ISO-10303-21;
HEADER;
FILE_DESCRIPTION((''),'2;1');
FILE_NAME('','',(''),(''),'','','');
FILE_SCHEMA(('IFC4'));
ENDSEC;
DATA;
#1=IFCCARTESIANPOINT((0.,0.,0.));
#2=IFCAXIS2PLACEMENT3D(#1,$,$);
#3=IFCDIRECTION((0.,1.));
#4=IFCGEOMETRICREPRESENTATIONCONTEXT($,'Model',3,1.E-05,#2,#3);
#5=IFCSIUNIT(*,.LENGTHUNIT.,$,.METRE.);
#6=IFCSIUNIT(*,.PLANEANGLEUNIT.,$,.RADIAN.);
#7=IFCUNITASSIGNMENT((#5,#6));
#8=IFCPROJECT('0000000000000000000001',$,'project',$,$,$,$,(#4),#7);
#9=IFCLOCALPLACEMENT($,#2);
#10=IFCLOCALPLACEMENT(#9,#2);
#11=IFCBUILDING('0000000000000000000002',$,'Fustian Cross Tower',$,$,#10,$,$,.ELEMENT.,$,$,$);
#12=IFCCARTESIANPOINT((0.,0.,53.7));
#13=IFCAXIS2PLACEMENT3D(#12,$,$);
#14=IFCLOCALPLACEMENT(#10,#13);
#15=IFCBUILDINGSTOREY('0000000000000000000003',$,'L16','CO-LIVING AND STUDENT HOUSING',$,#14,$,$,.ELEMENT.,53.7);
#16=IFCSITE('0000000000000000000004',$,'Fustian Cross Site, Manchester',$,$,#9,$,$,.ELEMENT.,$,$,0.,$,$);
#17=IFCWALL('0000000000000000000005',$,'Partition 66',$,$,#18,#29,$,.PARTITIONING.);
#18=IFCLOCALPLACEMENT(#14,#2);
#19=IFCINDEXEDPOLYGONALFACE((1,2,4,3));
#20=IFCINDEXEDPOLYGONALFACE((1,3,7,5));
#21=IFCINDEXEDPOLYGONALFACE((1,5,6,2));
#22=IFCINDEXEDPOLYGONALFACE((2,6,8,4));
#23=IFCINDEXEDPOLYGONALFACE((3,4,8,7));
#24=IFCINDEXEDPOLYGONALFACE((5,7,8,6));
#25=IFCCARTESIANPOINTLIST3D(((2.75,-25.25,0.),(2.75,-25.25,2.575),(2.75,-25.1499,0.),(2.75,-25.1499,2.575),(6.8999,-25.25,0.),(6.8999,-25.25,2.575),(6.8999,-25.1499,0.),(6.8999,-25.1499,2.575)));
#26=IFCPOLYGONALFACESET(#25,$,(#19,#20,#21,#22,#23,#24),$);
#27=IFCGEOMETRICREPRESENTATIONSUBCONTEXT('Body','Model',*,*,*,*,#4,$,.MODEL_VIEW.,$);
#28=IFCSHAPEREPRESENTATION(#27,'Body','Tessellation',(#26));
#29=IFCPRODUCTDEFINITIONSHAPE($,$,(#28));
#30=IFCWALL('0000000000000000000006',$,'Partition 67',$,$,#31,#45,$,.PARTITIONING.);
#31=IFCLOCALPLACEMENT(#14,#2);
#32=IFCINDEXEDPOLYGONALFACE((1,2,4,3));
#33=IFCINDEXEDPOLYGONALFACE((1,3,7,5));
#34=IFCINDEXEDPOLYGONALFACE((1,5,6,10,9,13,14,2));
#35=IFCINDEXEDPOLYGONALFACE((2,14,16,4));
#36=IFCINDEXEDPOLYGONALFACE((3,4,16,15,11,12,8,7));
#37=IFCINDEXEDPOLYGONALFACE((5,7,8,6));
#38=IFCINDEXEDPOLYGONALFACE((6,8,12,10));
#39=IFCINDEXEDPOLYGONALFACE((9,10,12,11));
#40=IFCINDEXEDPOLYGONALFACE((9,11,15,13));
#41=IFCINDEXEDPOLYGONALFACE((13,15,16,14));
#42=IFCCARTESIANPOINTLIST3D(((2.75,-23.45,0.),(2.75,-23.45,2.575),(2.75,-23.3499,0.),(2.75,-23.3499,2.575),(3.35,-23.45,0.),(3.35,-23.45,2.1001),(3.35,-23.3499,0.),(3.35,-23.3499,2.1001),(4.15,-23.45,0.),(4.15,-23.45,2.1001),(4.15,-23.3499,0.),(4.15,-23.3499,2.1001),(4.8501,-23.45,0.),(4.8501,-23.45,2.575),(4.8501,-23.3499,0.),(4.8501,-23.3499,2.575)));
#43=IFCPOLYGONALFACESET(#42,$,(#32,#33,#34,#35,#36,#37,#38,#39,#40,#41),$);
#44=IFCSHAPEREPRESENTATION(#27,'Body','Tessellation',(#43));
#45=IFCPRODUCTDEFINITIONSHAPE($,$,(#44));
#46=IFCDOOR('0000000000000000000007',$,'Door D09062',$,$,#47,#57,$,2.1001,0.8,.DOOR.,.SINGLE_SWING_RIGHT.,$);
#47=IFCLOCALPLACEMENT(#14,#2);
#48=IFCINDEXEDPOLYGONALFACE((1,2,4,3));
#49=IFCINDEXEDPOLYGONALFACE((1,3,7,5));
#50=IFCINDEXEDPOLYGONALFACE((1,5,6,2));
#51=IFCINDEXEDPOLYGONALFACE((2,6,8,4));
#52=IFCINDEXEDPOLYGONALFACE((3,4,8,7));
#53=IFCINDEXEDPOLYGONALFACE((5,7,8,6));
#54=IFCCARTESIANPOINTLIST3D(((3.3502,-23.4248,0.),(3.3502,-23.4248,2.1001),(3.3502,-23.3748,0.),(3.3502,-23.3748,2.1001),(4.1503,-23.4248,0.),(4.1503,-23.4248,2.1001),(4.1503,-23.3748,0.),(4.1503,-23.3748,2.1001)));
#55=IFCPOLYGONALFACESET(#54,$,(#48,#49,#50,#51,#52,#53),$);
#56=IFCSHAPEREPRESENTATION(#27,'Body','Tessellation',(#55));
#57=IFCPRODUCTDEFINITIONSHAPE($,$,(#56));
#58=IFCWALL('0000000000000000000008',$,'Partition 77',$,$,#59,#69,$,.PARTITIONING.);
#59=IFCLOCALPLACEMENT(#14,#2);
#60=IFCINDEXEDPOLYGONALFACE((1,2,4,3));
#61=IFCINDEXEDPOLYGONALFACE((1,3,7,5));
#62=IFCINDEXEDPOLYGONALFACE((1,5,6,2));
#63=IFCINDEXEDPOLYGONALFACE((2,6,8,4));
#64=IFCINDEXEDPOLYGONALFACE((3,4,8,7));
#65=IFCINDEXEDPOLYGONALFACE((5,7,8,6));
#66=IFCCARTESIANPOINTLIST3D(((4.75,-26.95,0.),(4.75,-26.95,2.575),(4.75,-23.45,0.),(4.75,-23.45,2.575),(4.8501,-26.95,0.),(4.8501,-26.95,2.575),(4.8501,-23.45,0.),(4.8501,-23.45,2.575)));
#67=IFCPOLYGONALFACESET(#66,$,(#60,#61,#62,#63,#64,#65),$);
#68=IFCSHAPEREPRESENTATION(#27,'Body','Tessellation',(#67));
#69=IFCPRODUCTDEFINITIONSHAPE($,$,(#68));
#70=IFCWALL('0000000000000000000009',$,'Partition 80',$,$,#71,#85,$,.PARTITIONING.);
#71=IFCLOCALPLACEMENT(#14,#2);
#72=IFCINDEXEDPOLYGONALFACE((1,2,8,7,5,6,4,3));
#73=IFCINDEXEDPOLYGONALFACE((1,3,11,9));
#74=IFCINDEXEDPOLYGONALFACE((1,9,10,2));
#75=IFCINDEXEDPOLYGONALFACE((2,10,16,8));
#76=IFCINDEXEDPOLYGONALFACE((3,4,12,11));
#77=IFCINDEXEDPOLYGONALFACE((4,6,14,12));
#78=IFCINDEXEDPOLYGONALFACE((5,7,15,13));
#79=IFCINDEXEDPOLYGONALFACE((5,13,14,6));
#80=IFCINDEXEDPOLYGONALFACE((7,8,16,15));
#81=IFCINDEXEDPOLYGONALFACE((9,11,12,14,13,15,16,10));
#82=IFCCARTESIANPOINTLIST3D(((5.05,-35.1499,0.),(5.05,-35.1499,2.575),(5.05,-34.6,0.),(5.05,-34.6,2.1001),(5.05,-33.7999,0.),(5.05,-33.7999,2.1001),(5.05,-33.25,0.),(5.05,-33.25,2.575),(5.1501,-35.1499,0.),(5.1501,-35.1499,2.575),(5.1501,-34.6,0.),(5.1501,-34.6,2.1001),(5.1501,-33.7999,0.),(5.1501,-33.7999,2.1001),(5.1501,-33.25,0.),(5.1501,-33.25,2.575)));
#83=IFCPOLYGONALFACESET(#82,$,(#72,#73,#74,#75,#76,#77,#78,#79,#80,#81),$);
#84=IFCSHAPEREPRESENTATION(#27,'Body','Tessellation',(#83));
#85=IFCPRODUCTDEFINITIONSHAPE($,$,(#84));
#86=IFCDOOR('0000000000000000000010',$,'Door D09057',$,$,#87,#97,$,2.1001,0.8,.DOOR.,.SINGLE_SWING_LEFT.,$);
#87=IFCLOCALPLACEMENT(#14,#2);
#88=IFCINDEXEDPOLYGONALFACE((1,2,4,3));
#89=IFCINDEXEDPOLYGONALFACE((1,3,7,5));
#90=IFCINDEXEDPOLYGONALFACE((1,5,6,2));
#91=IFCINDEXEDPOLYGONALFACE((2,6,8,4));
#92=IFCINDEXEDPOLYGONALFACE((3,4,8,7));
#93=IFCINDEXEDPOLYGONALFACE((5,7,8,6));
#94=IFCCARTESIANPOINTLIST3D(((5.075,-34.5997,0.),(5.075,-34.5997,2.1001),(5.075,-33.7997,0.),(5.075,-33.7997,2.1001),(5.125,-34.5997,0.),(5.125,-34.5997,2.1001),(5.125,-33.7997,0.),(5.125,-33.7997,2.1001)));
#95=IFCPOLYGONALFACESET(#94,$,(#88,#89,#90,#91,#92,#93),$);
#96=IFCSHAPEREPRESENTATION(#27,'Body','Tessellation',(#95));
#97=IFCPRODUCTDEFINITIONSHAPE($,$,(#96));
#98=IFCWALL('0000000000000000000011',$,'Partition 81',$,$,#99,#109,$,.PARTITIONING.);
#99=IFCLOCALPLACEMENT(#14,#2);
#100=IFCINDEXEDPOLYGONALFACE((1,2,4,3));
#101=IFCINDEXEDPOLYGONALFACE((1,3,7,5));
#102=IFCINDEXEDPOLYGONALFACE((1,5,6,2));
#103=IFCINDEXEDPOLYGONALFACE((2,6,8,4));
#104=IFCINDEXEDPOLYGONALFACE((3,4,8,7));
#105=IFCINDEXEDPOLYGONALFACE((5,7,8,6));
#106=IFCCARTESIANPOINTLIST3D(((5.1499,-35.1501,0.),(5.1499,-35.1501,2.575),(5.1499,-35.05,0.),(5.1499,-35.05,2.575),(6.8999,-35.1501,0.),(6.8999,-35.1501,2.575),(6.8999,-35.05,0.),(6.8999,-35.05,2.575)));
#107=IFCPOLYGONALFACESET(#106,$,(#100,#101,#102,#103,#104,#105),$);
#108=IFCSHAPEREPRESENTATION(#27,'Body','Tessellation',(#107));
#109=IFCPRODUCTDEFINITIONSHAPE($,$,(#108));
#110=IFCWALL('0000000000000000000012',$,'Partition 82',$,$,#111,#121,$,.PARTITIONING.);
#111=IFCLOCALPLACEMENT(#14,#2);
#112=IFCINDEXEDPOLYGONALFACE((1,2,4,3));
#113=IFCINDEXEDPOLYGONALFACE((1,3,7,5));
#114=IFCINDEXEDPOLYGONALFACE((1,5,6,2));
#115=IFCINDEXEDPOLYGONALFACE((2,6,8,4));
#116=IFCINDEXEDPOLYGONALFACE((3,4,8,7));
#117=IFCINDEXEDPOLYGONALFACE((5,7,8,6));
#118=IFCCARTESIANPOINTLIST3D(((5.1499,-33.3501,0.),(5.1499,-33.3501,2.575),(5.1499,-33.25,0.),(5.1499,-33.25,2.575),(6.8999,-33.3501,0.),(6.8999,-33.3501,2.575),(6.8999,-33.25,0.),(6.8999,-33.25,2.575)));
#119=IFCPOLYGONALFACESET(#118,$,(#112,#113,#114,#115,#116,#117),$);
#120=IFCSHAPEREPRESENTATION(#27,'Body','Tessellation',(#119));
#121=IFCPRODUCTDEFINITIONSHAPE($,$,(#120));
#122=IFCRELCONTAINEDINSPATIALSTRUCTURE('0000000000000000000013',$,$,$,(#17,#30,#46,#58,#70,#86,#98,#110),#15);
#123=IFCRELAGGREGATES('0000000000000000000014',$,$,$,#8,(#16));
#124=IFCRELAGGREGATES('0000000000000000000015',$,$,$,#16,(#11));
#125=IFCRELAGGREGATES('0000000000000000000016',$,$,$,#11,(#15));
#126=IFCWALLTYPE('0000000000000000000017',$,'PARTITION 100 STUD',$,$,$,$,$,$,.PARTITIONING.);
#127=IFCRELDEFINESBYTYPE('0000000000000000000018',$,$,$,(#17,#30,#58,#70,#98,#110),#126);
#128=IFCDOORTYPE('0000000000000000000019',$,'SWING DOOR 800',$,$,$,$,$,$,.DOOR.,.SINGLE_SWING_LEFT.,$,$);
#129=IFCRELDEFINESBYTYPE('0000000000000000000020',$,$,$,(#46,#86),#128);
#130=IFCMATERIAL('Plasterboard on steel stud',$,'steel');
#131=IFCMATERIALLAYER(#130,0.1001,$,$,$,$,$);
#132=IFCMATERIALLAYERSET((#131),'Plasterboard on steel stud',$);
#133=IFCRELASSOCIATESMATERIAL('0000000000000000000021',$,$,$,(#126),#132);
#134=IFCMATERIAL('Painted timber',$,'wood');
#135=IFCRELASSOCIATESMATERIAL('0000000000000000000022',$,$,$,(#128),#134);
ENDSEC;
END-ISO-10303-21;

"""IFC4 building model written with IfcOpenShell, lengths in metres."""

from ifc_helpers import new_model, si_unit, direction, frame, frame_2d, origin, place, context, subcontext, project, spatial, rectangle, extrude, material, layer, layer_set, type_object, element, fill, save


model = new_model("IFC4")

# Units and contexts
model_context = context("Model", 3, precision=1e-05, world=origin(), true_north=direction((0.0, 1.0)))
body_context = subcontext(model_context, "Body", "Model", "MODEL_VIEW")
ifc_project = project(units=[si_unit("LENGTHUNIT", "METRE"), si_unit("PLANEANGLEUNIT", "RADIAN")], contexts=[model_context])

# Site, building, storey
site_placement = place(None, origin())
site = spatial("IfcSite", under=ifc_project, at=site_placement, Name="Fustian Cross Site, Manchester", CompositionType="ELEMENT", RefElevation=0.0)
building_placement = place(site_placement, origin())
building = spatial("IfcBuilding", under=site, at=building_placement, Name="Fustian Cross Tower", CompositionType="ELEMENT")
storey_placement = place(building_placement, frame((0.0, 0.0, 53.7)))
storey = spatial("IfcBuildingStorey", under=building, at=storey_placement, Name="L16", Description="CO-LIVING AND STUDENT HOUSING", CompositionType="ELEMENT", Elevation=53.7)

# Shared definitions
ifc_material_1 = material(Name="Plasterboard on steel stud", Category="steel")
ifc_layer = layer(ifc_material_1, 0.1001)
ifc_layer_set = layer_set([ifc_layer], Name="Plasterboard on steel stud")
wall_type = type_object("IfcWallType", Name="PARTITION 100 STUD", PredefinedType="PARTITIONING", material=ifc_layer_set)

# Shared definitions
ifc_material_2 = material(Name="Painted timber", Category="wood")
door_type_1 = type_object("IfcDoorType", Name="SWING DOOR 800", OperationType="SINGLE_SWING_LEFT", PredefinedType="DOOR", material=ifc_material_2)

# Wall
wall_1_placement = place(storey_placement, frame((2.75, -25.2, 0.0), z_axis=(0.0, 0.0, 1.0), x_axis=(1.0, 0.0, 0.0)))
element("IfcWall", 1, at=wall_1_placement, inside=storey, type_object=wall_type, Name="Partition 66", PredefinedType="PARTITIONING", context=body_context, shape_type="SweptSolid", body=[
    extrude(rectangle(XDim=4.1499, YDim=0.1001, at=frame_2d((2.075, 0.0))), origin(), (0.0, 0.0, 1.0), 2.575),
])

# Wall, opening, door
wall_2_placement = place(storey_placement, frame((2.75, -23.3999, 0.0), z_axis=(0.0, 0.0, 1.0), x_axis=(1.0, 0.0, 0.0)))
wall_2 = element("IfcWall", 2, at=wall_2_placement, inside=storey, type_object=wall_type, Name="Partition 67", PredefinedType="PARTITIONING", context=body_context, shape_type="SweptSolid", body=[
    extrude(rectangle(XDim=2.1001, YDim=0.1001, at=frame_2d((1.05, 0.0))), origin(), (0.0, 0.0, 1.0), 2.575),
])
opening_1_placement = place(wall_2_placement, frame((0.6001, 0.0, 0.0)))
opening_1 = element("IfcOpeningElement", 3, at=opening_1_placement, cuts=wall_2, PredefinedType="OPENING", context=body_context, shape_type="SweptSolid", body=[
    extrude(rectangle(XDim=0.8, YDim=2.1001, at=frame_2d((0.3999, 1.05))), frame((0.0, 0.0601, 0.0), z_axis=(0.0, -1.0, 0.0), x_axis=(1.0, 0.0, 0.0)), (0.0, 0.0, 1.0), 0.1201),
])
door_1_placement = place(opening_1_placement, frame((0.8, 0.0, 0.0), z_axis=(0.0, 0.0, 1.0), x_axis=(-1.0, 0.0, 0.0)))
door_1 = element("IfcDoor", 4, at=door_1_placement, inside=storey, type_object=door_type_1, Name="Door D09062", OperationType="SINGLE_SWING_RIGHT", OverallHeight=2.1001, OverallWidth=0.8, PredefinedType="DOOR", context=body_context, shape_type="SweptSolid", body=[
    extrude(rectangle(XDim=0.8, YDim=2.1001, at=frame_2d((0.3999, 1.05))), frame((0.0, 0.0249, 0.0), z_axis=(0.0, -1.0, 0.0), x_axis=(1.0, 0.0, 0.0)), (0.0, 0.0, 1.0), 0.05),
])
fill(opening_1, door_1)

# Wall
wall_3_placement = place(storey_placement, frame((4.8, -26.95, 0.0), z_axis=(0.0, 0.0, 1.0), x_axis=(0.0, 1.0, 0.0)))
element("IfcWall", 5, at=wall_3_placement, inside=storey, type_object=wall_type, Name="Partition 77", PredefinedType="PARTITIONING", context=body_context, shape_type="SweptSolid", body=[
    extrude(rectangle(XDim=3.5, YDim=0.1001, at=frame_2d((1.75, 0.0))), origin(), (0.0, 0.0, 1.0), 2.575),
])

# Wall, opening, door
wall_4_placement = place(storey_placement, frame((5.1001, -35.1499, 0.0), z_axis=(0.0, 0.0, 1.0), x_axis=(0.0, 1.0, 0.0)))
wall_4 = element("IfcWall", 6, at=wall_4_placement, inside=storey, type_object=wall_type, Name="Partition 80", PredefinedType="PARTITIONING", context=body_context, shape_type="SweptSolid", body=[
    extrude(rectangle(XDim=1.8999, YDim=0.1001, at=frame_2d((0.95, 0.0))), origin(), (0.0, 0.0, 1.0), 2.575),
])
opening_2_placement = place(wall_4_placement, frame((0.55, 0.0, 0.0)))
opening_2 = element("IfcOpeningElement", 7, at=opening_2_placement, cuts=wall_4, PredefinedType="OPENING", context=body_context, shape_type="SweptSolid", body=[
    extrude(rectangle(XDim=0.8, YDim=2.1001, at=frame_2d((0.3999, 1.05))), frame((0.0, 0.0601, 0.0), z_axis=(0.0, -1.0, 0.0), x_axis=(1.0, 0.0, 0.0)), (0.0, 0.0, 1.0), 0.1201),
])
door_2_placement = place(opening_2_placement, frame((0.8, 0.0, 0.0), z_axis=(0.0, 0.0, 1.0), x_axis=(-1.0, 0.0, 0.0)))
door_2 = element("IfcDoor", 8, at=door_2_placement, inside=storey, type_object=door_type_1, Name="Door D09057", OperationType="SINGLE_SWING_LEFT", OverallHeight=2.1001, OverallWidth=0.8, PredefinedType="DOOR", context=body_context, shape_type="SweptSolid", body=[
    extrude(rectangle(XDim=0.8, YDim=2.1001, at=frame_2d((0.3999, 1.05))), frame((0.0, 0.0249, 0.0), z_axis=(0.0, -1.0, 0.0), x_axis=(1.0, 0.0, 0.0)), (0.0, 0.0, 1.0), 0.05),
])
fill(opening_2, door_2)

# Walls
for number, where, z_axis, x_axis, name in (
    (9, (5.1499, -35.1001, 0.0), (0.0, 0.0, 1.0), (1.0, 0.0, 0.0), "Partition 81"),
    (10, (5.1499, -33.3, 0.0), (0.0, 0.0, 1.0), (1.0, 0.0, 0.0), "Partition 82"),
):
    element("IfcWall", number, at=place(storey_placement, frame(where, z_axis=z_axis, x_axis=x_axis)), inside=storey, type_object=wall_type, Name=name, PredefinedType="PARTITIONING", context=body_context, shape_type="SweptSolid", body=[
        extrude(rectangle(XDim=1.75, YDim=0.1001, at=frame_2d((0.875, 0.0))), origin(), (0.0, 0.0, 1.0), 2.575),
    ])

save(model, "model.ifc")
